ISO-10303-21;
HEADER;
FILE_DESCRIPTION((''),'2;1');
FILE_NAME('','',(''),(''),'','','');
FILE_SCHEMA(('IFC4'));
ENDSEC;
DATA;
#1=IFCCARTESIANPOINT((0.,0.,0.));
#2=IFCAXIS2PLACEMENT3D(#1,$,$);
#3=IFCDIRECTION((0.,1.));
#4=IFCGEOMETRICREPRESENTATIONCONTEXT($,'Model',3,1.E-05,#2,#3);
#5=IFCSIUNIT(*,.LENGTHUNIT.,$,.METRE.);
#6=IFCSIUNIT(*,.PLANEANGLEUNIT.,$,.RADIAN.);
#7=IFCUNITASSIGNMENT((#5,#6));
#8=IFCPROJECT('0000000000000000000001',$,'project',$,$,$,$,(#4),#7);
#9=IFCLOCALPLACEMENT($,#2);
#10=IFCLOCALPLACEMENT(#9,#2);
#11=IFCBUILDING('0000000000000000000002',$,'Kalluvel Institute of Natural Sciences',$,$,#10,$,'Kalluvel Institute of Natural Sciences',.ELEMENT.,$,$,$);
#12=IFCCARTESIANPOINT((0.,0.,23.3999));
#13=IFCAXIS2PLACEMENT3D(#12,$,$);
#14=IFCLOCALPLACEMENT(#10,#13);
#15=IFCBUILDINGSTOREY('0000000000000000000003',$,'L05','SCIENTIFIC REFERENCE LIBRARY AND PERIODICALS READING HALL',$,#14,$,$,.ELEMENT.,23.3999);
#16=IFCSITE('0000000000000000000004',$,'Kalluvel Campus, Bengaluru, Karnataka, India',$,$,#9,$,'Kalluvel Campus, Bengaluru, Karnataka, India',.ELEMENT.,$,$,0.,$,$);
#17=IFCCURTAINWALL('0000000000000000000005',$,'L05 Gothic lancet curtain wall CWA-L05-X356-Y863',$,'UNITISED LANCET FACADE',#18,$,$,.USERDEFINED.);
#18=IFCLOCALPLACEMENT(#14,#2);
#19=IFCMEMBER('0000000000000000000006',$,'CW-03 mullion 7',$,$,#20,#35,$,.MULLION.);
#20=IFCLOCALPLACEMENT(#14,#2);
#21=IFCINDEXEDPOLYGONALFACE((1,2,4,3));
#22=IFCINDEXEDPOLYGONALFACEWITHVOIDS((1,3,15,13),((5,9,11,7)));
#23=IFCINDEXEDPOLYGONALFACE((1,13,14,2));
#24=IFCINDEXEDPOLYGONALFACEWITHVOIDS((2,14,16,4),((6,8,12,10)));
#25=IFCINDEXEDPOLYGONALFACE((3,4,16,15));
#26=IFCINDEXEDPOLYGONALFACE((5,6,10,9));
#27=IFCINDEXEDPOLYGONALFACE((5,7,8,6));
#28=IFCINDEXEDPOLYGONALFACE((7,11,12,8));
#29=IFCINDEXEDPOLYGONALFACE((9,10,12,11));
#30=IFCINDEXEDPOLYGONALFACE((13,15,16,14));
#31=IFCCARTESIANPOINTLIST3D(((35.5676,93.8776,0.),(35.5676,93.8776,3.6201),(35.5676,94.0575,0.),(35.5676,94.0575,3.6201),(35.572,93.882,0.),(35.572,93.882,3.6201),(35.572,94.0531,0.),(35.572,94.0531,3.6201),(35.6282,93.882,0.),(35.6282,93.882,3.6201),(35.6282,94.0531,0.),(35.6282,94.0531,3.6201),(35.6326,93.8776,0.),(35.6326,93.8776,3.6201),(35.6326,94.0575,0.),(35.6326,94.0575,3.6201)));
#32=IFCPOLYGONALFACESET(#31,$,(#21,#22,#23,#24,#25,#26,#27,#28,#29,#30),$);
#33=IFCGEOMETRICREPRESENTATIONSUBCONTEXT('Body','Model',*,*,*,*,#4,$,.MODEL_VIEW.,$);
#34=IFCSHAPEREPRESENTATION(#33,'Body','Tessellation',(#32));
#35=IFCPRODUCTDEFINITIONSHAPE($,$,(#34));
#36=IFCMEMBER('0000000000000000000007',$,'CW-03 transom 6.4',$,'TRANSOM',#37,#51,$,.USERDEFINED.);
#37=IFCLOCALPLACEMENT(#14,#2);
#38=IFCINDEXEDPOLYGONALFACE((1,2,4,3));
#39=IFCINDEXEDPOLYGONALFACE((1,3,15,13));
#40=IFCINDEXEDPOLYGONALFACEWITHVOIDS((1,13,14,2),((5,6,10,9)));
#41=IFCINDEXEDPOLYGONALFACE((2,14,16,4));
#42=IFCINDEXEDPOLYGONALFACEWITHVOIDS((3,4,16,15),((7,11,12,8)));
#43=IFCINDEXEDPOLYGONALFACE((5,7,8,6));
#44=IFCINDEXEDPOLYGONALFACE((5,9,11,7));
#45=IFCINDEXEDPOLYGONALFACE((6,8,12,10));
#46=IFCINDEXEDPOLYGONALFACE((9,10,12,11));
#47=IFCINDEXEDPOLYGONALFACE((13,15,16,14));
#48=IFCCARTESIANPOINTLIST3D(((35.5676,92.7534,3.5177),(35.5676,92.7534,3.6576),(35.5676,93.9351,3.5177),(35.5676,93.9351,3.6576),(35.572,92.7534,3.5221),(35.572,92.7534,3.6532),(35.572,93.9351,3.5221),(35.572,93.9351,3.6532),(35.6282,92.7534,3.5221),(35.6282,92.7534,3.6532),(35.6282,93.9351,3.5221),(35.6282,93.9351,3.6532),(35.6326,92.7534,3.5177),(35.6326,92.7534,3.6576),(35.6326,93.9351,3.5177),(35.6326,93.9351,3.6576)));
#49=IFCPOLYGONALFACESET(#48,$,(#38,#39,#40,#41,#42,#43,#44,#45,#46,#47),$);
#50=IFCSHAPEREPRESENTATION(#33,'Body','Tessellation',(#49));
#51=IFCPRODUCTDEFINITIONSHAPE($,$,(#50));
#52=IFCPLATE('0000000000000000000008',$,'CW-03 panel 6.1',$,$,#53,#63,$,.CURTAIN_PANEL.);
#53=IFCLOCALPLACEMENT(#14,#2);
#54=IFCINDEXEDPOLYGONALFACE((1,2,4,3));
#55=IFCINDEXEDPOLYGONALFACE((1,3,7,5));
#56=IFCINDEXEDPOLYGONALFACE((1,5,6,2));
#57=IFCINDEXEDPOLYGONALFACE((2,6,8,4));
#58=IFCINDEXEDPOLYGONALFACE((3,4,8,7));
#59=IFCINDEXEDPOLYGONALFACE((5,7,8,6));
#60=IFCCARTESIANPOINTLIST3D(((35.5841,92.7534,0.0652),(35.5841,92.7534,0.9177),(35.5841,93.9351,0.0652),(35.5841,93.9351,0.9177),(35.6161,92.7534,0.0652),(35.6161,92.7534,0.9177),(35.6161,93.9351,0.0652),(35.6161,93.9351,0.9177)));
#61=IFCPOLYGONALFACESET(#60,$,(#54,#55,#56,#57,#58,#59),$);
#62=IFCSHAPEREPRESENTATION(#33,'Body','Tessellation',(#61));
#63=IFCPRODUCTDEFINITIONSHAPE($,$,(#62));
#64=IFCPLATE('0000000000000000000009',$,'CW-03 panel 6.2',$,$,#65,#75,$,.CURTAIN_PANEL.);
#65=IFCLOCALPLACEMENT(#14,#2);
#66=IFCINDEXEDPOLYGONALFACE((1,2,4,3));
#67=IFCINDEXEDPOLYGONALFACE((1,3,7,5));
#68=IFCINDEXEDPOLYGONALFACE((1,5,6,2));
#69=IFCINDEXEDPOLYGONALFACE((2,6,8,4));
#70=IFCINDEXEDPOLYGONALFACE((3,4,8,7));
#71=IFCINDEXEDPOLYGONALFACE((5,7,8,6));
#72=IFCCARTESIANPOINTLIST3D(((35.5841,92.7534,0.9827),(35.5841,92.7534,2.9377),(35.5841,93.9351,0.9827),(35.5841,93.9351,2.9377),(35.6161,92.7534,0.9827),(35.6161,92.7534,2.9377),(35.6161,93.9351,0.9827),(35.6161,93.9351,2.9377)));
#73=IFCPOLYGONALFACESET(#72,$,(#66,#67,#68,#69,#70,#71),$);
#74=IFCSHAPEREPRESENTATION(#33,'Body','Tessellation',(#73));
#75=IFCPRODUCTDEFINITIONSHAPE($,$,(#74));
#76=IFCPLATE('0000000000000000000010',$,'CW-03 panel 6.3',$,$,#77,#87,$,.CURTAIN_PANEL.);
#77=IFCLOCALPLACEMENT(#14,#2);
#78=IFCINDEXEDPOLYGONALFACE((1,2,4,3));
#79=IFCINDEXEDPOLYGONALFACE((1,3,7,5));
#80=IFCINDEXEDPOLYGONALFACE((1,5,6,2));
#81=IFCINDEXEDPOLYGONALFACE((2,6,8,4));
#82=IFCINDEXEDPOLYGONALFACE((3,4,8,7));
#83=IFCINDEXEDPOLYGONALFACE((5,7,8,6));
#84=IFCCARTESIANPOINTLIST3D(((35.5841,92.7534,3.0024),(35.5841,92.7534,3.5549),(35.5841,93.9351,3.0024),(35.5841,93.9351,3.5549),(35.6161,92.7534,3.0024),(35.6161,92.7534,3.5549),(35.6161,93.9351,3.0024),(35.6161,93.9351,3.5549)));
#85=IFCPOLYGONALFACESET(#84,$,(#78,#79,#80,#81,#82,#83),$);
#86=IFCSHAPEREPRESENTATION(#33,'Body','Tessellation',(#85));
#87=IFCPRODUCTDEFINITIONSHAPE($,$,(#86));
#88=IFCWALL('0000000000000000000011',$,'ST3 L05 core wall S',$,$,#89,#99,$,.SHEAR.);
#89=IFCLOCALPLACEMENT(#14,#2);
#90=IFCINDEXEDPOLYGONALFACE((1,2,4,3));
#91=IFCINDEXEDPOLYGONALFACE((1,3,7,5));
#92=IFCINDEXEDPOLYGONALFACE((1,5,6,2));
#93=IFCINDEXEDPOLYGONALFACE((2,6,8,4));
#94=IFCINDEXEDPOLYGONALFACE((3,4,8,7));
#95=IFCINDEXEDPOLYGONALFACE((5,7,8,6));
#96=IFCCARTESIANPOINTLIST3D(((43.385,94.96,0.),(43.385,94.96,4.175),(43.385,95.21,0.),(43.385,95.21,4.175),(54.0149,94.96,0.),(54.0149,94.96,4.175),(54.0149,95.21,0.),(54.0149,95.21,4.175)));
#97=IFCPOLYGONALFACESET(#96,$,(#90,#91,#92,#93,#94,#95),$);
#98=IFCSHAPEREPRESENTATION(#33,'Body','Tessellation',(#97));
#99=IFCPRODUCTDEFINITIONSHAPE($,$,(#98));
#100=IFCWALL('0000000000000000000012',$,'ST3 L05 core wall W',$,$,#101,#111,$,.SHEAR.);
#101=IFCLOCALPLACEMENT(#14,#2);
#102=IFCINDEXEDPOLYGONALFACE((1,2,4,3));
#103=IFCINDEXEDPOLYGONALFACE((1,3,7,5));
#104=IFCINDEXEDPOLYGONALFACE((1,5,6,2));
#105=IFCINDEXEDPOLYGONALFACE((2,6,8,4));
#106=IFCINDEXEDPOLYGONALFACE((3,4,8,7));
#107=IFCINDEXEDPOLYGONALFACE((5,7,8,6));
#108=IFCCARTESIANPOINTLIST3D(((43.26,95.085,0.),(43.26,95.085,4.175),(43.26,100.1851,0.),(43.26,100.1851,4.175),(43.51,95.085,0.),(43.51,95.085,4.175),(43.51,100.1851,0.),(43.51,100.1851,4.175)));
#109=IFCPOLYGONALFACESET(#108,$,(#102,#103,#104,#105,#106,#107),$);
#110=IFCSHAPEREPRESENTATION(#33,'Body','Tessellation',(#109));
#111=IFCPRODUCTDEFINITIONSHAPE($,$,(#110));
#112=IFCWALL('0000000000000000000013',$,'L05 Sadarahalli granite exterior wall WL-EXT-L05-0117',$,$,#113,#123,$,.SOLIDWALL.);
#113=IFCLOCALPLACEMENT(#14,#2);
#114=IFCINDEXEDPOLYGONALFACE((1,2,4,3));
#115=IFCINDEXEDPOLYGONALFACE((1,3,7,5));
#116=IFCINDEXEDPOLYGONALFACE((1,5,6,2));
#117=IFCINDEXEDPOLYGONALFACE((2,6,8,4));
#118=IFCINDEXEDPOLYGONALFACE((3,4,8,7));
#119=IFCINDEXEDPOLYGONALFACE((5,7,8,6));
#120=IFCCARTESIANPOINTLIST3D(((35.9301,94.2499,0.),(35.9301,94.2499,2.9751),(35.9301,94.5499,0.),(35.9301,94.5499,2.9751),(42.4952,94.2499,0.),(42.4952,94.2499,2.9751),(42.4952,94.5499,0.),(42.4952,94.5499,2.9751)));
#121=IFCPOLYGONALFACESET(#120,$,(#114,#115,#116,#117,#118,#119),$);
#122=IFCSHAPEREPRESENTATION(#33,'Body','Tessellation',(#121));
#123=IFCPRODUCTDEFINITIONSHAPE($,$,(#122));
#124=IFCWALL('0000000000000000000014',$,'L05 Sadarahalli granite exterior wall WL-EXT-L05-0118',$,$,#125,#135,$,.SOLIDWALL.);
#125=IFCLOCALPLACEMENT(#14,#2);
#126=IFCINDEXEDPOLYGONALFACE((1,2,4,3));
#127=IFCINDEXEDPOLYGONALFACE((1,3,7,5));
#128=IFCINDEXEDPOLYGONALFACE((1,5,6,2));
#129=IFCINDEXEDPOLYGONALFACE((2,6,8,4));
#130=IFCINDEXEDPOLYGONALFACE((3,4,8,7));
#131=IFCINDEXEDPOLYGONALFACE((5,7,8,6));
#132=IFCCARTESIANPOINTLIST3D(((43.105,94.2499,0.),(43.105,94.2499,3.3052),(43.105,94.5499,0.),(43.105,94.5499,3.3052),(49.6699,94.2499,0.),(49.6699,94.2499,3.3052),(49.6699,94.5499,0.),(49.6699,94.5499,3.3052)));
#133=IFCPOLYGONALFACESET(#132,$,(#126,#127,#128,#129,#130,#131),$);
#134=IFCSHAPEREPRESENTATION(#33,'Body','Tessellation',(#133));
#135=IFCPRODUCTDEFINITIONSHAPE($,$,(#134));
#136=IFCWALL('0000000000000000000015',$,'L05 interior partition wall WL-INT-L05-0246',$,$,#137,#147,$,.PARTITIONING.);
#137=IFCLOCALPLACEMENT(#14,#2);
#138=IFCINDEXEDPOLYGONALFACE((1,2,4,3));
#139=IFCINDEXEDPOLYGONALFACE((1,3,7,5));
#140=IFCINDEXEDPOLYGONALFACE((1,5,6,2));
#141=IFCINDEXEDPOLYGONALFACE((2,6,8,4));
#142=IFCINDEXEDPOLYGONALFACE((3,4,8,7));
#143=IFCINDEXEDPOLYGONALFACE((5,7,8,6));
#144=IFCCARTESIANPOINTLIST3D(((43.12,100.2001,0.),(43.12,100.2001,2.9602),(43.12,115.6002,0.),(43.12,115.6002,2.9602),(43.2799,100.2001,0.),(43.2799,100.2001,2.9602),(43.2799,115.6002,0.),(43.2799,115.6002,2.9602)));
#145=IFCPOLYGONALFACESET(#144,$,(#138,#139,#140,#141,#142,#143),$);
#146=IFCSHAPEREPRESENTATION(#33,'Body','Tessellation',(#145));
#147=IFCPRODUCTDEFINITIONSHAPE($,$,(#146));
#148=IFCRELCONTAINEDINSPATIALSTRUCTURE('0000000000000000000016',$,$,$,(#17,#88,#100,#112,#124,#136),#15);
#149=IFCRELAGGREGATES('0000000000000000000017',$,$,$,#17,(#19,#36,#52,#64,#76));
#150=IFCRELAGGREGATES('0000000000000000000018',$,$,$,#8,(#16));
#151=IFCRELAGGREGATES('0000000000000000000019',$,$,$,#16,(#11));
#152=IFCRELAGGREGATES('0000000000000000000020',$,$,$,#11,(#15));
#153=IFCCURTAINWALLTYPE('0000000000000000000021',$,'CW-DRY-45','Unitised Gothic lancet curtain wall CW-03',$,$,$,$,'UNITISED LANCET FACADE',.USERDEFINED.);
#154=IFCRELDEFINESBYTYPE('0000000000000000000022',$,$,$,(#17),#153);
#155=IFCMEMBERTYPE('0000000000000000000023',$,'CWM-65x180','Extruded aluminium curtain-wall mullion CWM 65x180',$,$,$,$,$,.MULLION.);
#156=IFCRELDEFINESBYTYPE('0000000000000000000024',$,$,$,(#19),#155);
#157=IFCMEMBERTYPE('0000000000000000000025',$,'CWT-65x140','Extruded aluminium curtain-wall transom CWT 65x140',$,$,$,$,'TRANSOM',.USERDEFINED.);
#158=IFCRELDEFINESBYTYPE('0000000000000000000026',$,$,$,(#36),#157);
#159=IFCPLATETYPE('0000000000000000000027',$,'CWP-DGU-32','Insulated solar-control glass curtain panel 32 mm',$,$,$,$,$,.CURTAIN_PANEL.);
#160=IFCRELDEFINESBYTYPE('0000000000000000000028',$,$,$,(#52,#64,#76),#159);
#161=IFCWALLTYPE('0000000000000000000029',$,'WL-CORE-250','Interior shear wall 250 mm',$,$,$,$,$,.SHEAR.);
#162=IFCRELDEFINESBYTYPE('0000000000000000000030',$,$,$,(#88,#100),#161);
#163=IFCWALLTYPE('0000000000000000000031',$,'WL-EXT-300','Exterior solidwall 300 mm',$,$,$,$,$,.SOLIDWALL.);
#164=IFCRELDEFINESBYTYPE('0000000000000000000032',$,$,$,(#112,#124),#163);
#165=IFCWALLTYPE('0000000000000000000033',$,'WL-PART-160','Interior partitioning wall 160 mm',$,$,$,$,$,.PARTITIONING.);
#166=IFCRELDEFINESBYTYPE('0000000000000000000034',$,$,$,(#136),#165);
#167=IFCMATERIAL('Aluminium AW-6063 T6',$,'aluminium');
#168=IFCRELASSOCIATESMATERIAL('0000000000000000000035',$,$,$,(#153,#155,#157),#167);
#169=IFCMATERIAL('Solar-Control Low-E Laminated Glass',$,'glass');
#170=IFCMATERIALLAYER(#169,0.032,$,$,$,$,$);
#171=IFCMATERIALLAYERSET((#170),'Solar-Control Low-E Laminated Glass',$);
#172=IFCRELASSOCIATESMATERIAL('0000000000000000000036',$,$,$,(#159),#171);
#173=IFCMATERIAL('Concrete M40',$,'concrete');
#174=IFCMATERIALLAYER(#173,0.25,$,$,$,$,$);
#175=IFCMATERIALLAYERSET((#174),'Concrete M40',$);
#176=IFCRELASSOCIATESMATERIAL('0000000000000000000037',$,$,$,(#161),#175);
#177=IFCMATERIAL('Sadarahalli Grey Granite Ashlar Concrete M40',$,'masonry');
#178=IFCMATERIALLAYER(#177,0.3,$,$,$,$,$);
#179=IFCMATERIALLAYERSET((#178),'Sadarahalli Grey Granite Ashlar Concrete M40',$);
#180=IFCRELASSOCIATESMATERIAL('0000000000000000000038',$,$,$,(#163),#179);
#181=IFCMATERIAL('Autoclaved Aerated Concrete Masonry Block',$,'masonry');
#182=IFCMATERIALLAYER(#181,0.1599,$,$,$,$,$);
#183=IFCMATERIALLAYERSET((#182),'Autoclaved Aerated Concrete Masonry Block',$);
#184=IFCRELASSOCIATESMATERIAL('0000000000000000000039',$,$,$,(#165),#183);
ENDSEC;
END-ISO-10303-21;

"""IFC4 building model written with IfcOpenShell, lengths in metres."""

from ifc_helpers import new_model, si_unit, direction, frame, frame_2d, origin, origin_2d, place, context, subcontext, project, spatial, rectangle, hollow_rectangle, extrude, material, layer, layer_set, material_profile, profile_set, type_object, element, aggregate, save


model = new_model("IFC4")

# Units and contexts
model_context = context("Model", 3, precision=1e-05, world=origin(), true_north=direction((0.0, 1.0)))
body_context = subcontext(model_context, "Body", "Model", "MODEL_VIEW")
ifc_project = project(units=[si_unit("LENGTHUNIT", "METRE"), si_unit("PLANEANGLEUNIT", "RADIAN")], contexts=[model_context])

# Site, building, storey
site_placement = place(None, origin())
site = spatial("IfcSite", under=ifc_project, at=site_placement, Name="Kalluvel Campus, Bengaluru, Karnataka, India", LongName="Kalluvel Campus, Bengaluru, Karnataka, India", CompositionType="ELEMENT", RefElevation=0.0)
building_placement = place(site_placement, origin())
building = spatial("IfcBuilding", under=site, at=building_placement, Name="Kalluvel Institute of Natural Sciences", LongName="Kalluvel Institute of Natural Sciences", CompositionType="ELEMENT")
storey_placement = place(building_placement, frame((0.0, 0.0, 23.3999)))
storey = spatial("IfcBuildingStorey", under=building, at=storey_placement, Name="L05", Description="SCIENTIFIC REFERENCE LIBRARY AND PERIODICALS READING HALL", CompositionType="ELEMENT", Elevation=23.3999)

# Shared definitions
ifc_material_1 = material(Name="Concrete M40", Category="concrete")

# Curtain wall, members, plates
ifc_material_2 = material(Name="Aluminium AW-6063 T6", Category="aluminium")
curtain_wall_type = type_object("IfcCurtainWallType", Name="CW-DRY-45", Description="Unitised Gothic lancet curtain wall CW-03", ElementType="UNITISED LANCET FACADE", PredefinedType="USERDEFINED", material=ifc_material_2)
curtain_wall_placement = place(storey_placement, origin())
curtain_wall = element("IfcCurtainWall", 1, at=curtain_wall_placement, inside=storey, type_object=curtain_wall_type, Name="L05 Gothic lancet curtain wall CWA-L05-X356-Y863", ObjectType="UNITISED LANCET FACADE", PredefinedType="USERDEFINED")
ifc_material_profile_1 = material_profile(ifc_material_2, hollow_rectangle(XDim=0.0649, YDim=0.1799, WallThickness=0.0044, at=origin_2d()), Name="CWM 65x180")
ifc_profile_set_1 = profile_set([ifc_material_profile_1], Name="Aluminium AW-6063 T6")
member_type_1 = type_object("IfcMemberType", Name="CWM-65x180", Description="Extruded aluminium curtain-wall mullion CWM 65x180", PredefinedType="MULLION", material=ifc_profile_set_1)
member_1_placement = place(storey_placement, frame((35.6001, 93.9675, 0.0), z_axis=(0.0, 0.0, 1.0), x_axis=(-1.0, 0.0, 0.0)))
member_1 = element("IfcMember", 2, at=member_1_placement, type_object=member_type_1, Name="CW-03 mullion 7", PredefinedType="MULLION", context=body_context, shape_type="SweptSolid", body=[
    extrude(hollow_rectangle(XDim=0.0649, YDim=0.1799, WallThickness=0.0044, at=origin_2d()), origin(), (0.0, 0.0, 1.0), 3.6201),
])
ifc_material_profile_2 = material_profile(ifc_material_2, hollow_rectangle(XDim=0.0649, YDim=0.1399, WallThickness=0.0044, at=origin_2d()), Name="CWT 65x140")
ifc_profile_set_2 = profile_set([ifc_material_profile_2], Name="Aluminium AW-6063 T6")
member_type_2 = type_object("IfcMemberType", Name="CWT-65x140", Description="Extruded aluminium curtain-wall transom CWT 65x140", ElementType="TRANSOM", PredefinedType="USERDEFINED", material=ifc_profile_set_2)
member_2_placement = place(storey_placement, frame((35.6001, 92.7534, 3.5876), z_axis=(0.0, 1.0, 0.0), x_axis=(-1.0, 0.0, 0.0)))
member_2 = element("IfcMember", 3, at=member_2_placement, type_object=member_type_2, Name="CW-03 transom 6.4", ObjectType="TRANSOM", PredefinedType="USERDEFINED", context=body_context, shape_type="SweptSolid", body=[
    extrude(hollow_rectangle(XDim=0.0649, YDim=0.1399, WallThickness=0.0044, at=origin_2d()), origin(), (0.0, 0.0, 1.0), 1.1816),
])
ifc_material_3 = material(Name="Solar-Control Low-E Laminated Glass", Category="glass")
ifc_layer_1 = layer(ifc_material_3, 0.032)
ifc_layer_set_1 = layer_set([ifc_layer_1], Name="Solar-Control Low-E Laminated Glass")
plate_type = type_object("IfcPlateType", Name="CWP-DGU-32", Description="Insulated solar-control glass curtain panel 32 mm", PredefinedType="CURTAIN_PANEL", material=ifc_layer_set_1)
plate_1_placement = place(storey_placement, frame((35.6001, 93.3442, 0.0652), z_axis=(0.0, 0.0, 1.0), x_axis=(0.0, 1.0, 0.0)))
plate_1 = element("IfcPlate", 4, at=plate_1_placement, type_object=plate_type, Name="CW-03 panel 6.1", PredefinedType="CURTAIN_PANEL", context=body_context, shape_type="SweptSolid", body=[
    extrude(rectangle(XDim=1.1816, YDim=0.032, at=origin_2d()), origin(), (0.0, 0.0, 1.0), 0.8525),
])
plate_2_placement = place(storey_placement, frame((35.6001, 93.3442, 0.9827), z_axis=(0.0, 0.0, 1.0), x_axis=(0.0, 1.0, 0.0)))
plate_2 = element("IfcPlate", 5, at=plate_2_placement, type_object=plate_type, Name="CW-03 panel 6.2", PredefinedType="CURTAIN_PANEL", context=body_context, shape_type="SweptSolid", body=[
    extrude(rectangle(XDim=1.1816, YDim=0.032, at=origin_2d()), origin(), (0.0, 0.0, 1.0), 1.9551),
])
plate_3_placement = place(storey_placement, frame((35.6001, 93.3442, 3.0024), z_axis=(0.0, 0.0, 1.0), x_axis=(0.0, 1.0, 0.0)))
plate_3 = element("IfcPlate", 6, at=plate_3_placement, type_object=plate_type, Name="CW-03 panel 6.3", PredefinedType="CURTAIN_PANEL", context=body_context, shape_type="SweptSolid", body=[
    extrude(rectangle(XDim=1.1816, YDim=0.032, at=origin_2d()), origin(), (0.0, 0.0, 1.0), 0.5525),
])
aggregate(curtain_wall, [member_1, member_2, plate_1, plate_2, plate_3])

# Walls
ifc_layer_2 = layer(ifc_material_1, 0.25)
ifc_layer_set_2 = layer_set([ifc_layer_2], Name="Concrete M40")
wall_type_1 = type_object("IfcWallType", Name="WL-CORE-250", Description="Interior shear wall 250 mm", PredefinedType="SHEAR", material=ifc_layer_set_2)
wall_1_placement = place(storey_placement, frame((43.385, 95.085, 0.0), z_axis=(0.0, 0.0, 1.0), x_axis=(1.0, 0.0, 0.0)))
element("IfcWall", 7, at=wall_1_placement, inside=storey, type_object=wall_type_1, Name="ST3 L05 core wall S", PredefinedType="SHEAR", context=body_context, shape_type="SweptSolid", body=[
    extrude(rectangle(XDim=10.6299, YDim=0.25, at=frame_2d((5.3149, 0.0))), origin(), (0.0, 0.0, 1.0), 4.175),
])
wall_2_placement = place(storey_placement, frame((43.385, 100.1851, 0.0), z_axis=(0.0, 0.0, 1.0), x_axis=(0.0, -1.0, 0.0)))
element("IfcWall", 8, at=wall_2_placement, inside=storey, type_object=wall_type_1, Name="ST3 L05 core wall W", PredefinedType="SHEAR", context=body_context, shape_type="SweptSolid", body=[
    extrude(rectangle(XDim=5.1001, YDim=0.25, at=frame_2d((2.55, 0.0))), origin(), (0.0, 0.0, 1.0), 4.175),
])
ifc_material_4 = material(Name="Sadarahalli Grey Granite Ashlar Concrete M40", Category="masonry")
ifc_layer_3 = layer(ifc_material_4, 0.3)
ifc_layer_set_3 = layer_set([ifc_layer_3], Name="Sadarahalli Grey Granite Ashlar Concrete M40")
wall_type_2 = type_object("IfcWallType", Name="WL-EXT-300", Description="Exterior solidwall 300 mm", PredefinedType="SOLIDWALL", material=ifc_layer_set_3)
wall_3_placement = place(storey_placement, frame((35.9299, 94.3999, 0.0), z_axis=(0.0, 0.0, 1.0), x_axis=(1.0, 0.0, 0.0)))
element("IfcWall", 9, at=wall_3_placement, inside=storey, type_object=wall_type_2, Name="L05 Sadarahalli granite exterior wall WL-EXT-L05-0117", PredefinedType="SOLIDWALL", context=body_context, shape_type="SweptSolid", body=[
    extrude(rectangle(XDim=6.5652, YDim=0.3, at=frame_2d((3.2827, 0.0))), origin(), (0.0, 0.0, 1.0), 2.9751),
])
wall_4_placement = place(storey_placement, frame((43.105, 94.3999, 0.0), z_axis=(0.0, 0.0, 1.0), x_axis=(1.0, 0.0, 0.0)))
element("IfcWall", 10, at=wall_4_placement, inside=storey, type_object=wall_type_2, Name="L05 Sadarahalli granite exterior wall WL-EXT-L05-0118", PredefinedType="SOLIDWALL", context=body_context, shape_type="SweptSolid", body=[
    extrude(rectangle(XDim=6.5649, YDim=0.3, at=frame_2d((3.2825, 0.0))), origin(), (0.0, 0.0, 1.0), 3.3052),
])
ifc_material_5 = material(Name="Autoclaved Aerated Concrete Masonry Block", Category="masonry")
ifc_layer_4 = layer(ifc_material_5, 0.1599)
ifc_layer_set_4 = layer_set([ifc_layer_4], Name="Autoclaved Aerated Concrete Masonry Block")
wall_type_3 = type_object("IfcWallType", Name="WL-PART-160", Description="Interior partitioning wall 160 mm", PredefinedType="PARTITIONING", material=ifc_layer_set_4)
wall_5_placement = place(storey_placement, frame((43.2, 100.2, 0.0), z_axis=(0.0, 0.0, 1.0), x_axis=(0.0, 1.0, 0.0)))
element("IfcWall", 11, at=wall_5_placement, inside=storey, type_object=wall_type_3, Name="L05 interior partition wall WL-INT-L05-0246", PredefinedType="PARTITIONING", context=body_context, shape_type="SweptSolid", body=[
    extrude(rectangle(XDim=15.4001, YDim=0.1599, at=frame_2d((7.7002, 0.0))), origin(), (0.0, 0.0, 1.0), 2.9602),
])

save(model, "model.ifc")
